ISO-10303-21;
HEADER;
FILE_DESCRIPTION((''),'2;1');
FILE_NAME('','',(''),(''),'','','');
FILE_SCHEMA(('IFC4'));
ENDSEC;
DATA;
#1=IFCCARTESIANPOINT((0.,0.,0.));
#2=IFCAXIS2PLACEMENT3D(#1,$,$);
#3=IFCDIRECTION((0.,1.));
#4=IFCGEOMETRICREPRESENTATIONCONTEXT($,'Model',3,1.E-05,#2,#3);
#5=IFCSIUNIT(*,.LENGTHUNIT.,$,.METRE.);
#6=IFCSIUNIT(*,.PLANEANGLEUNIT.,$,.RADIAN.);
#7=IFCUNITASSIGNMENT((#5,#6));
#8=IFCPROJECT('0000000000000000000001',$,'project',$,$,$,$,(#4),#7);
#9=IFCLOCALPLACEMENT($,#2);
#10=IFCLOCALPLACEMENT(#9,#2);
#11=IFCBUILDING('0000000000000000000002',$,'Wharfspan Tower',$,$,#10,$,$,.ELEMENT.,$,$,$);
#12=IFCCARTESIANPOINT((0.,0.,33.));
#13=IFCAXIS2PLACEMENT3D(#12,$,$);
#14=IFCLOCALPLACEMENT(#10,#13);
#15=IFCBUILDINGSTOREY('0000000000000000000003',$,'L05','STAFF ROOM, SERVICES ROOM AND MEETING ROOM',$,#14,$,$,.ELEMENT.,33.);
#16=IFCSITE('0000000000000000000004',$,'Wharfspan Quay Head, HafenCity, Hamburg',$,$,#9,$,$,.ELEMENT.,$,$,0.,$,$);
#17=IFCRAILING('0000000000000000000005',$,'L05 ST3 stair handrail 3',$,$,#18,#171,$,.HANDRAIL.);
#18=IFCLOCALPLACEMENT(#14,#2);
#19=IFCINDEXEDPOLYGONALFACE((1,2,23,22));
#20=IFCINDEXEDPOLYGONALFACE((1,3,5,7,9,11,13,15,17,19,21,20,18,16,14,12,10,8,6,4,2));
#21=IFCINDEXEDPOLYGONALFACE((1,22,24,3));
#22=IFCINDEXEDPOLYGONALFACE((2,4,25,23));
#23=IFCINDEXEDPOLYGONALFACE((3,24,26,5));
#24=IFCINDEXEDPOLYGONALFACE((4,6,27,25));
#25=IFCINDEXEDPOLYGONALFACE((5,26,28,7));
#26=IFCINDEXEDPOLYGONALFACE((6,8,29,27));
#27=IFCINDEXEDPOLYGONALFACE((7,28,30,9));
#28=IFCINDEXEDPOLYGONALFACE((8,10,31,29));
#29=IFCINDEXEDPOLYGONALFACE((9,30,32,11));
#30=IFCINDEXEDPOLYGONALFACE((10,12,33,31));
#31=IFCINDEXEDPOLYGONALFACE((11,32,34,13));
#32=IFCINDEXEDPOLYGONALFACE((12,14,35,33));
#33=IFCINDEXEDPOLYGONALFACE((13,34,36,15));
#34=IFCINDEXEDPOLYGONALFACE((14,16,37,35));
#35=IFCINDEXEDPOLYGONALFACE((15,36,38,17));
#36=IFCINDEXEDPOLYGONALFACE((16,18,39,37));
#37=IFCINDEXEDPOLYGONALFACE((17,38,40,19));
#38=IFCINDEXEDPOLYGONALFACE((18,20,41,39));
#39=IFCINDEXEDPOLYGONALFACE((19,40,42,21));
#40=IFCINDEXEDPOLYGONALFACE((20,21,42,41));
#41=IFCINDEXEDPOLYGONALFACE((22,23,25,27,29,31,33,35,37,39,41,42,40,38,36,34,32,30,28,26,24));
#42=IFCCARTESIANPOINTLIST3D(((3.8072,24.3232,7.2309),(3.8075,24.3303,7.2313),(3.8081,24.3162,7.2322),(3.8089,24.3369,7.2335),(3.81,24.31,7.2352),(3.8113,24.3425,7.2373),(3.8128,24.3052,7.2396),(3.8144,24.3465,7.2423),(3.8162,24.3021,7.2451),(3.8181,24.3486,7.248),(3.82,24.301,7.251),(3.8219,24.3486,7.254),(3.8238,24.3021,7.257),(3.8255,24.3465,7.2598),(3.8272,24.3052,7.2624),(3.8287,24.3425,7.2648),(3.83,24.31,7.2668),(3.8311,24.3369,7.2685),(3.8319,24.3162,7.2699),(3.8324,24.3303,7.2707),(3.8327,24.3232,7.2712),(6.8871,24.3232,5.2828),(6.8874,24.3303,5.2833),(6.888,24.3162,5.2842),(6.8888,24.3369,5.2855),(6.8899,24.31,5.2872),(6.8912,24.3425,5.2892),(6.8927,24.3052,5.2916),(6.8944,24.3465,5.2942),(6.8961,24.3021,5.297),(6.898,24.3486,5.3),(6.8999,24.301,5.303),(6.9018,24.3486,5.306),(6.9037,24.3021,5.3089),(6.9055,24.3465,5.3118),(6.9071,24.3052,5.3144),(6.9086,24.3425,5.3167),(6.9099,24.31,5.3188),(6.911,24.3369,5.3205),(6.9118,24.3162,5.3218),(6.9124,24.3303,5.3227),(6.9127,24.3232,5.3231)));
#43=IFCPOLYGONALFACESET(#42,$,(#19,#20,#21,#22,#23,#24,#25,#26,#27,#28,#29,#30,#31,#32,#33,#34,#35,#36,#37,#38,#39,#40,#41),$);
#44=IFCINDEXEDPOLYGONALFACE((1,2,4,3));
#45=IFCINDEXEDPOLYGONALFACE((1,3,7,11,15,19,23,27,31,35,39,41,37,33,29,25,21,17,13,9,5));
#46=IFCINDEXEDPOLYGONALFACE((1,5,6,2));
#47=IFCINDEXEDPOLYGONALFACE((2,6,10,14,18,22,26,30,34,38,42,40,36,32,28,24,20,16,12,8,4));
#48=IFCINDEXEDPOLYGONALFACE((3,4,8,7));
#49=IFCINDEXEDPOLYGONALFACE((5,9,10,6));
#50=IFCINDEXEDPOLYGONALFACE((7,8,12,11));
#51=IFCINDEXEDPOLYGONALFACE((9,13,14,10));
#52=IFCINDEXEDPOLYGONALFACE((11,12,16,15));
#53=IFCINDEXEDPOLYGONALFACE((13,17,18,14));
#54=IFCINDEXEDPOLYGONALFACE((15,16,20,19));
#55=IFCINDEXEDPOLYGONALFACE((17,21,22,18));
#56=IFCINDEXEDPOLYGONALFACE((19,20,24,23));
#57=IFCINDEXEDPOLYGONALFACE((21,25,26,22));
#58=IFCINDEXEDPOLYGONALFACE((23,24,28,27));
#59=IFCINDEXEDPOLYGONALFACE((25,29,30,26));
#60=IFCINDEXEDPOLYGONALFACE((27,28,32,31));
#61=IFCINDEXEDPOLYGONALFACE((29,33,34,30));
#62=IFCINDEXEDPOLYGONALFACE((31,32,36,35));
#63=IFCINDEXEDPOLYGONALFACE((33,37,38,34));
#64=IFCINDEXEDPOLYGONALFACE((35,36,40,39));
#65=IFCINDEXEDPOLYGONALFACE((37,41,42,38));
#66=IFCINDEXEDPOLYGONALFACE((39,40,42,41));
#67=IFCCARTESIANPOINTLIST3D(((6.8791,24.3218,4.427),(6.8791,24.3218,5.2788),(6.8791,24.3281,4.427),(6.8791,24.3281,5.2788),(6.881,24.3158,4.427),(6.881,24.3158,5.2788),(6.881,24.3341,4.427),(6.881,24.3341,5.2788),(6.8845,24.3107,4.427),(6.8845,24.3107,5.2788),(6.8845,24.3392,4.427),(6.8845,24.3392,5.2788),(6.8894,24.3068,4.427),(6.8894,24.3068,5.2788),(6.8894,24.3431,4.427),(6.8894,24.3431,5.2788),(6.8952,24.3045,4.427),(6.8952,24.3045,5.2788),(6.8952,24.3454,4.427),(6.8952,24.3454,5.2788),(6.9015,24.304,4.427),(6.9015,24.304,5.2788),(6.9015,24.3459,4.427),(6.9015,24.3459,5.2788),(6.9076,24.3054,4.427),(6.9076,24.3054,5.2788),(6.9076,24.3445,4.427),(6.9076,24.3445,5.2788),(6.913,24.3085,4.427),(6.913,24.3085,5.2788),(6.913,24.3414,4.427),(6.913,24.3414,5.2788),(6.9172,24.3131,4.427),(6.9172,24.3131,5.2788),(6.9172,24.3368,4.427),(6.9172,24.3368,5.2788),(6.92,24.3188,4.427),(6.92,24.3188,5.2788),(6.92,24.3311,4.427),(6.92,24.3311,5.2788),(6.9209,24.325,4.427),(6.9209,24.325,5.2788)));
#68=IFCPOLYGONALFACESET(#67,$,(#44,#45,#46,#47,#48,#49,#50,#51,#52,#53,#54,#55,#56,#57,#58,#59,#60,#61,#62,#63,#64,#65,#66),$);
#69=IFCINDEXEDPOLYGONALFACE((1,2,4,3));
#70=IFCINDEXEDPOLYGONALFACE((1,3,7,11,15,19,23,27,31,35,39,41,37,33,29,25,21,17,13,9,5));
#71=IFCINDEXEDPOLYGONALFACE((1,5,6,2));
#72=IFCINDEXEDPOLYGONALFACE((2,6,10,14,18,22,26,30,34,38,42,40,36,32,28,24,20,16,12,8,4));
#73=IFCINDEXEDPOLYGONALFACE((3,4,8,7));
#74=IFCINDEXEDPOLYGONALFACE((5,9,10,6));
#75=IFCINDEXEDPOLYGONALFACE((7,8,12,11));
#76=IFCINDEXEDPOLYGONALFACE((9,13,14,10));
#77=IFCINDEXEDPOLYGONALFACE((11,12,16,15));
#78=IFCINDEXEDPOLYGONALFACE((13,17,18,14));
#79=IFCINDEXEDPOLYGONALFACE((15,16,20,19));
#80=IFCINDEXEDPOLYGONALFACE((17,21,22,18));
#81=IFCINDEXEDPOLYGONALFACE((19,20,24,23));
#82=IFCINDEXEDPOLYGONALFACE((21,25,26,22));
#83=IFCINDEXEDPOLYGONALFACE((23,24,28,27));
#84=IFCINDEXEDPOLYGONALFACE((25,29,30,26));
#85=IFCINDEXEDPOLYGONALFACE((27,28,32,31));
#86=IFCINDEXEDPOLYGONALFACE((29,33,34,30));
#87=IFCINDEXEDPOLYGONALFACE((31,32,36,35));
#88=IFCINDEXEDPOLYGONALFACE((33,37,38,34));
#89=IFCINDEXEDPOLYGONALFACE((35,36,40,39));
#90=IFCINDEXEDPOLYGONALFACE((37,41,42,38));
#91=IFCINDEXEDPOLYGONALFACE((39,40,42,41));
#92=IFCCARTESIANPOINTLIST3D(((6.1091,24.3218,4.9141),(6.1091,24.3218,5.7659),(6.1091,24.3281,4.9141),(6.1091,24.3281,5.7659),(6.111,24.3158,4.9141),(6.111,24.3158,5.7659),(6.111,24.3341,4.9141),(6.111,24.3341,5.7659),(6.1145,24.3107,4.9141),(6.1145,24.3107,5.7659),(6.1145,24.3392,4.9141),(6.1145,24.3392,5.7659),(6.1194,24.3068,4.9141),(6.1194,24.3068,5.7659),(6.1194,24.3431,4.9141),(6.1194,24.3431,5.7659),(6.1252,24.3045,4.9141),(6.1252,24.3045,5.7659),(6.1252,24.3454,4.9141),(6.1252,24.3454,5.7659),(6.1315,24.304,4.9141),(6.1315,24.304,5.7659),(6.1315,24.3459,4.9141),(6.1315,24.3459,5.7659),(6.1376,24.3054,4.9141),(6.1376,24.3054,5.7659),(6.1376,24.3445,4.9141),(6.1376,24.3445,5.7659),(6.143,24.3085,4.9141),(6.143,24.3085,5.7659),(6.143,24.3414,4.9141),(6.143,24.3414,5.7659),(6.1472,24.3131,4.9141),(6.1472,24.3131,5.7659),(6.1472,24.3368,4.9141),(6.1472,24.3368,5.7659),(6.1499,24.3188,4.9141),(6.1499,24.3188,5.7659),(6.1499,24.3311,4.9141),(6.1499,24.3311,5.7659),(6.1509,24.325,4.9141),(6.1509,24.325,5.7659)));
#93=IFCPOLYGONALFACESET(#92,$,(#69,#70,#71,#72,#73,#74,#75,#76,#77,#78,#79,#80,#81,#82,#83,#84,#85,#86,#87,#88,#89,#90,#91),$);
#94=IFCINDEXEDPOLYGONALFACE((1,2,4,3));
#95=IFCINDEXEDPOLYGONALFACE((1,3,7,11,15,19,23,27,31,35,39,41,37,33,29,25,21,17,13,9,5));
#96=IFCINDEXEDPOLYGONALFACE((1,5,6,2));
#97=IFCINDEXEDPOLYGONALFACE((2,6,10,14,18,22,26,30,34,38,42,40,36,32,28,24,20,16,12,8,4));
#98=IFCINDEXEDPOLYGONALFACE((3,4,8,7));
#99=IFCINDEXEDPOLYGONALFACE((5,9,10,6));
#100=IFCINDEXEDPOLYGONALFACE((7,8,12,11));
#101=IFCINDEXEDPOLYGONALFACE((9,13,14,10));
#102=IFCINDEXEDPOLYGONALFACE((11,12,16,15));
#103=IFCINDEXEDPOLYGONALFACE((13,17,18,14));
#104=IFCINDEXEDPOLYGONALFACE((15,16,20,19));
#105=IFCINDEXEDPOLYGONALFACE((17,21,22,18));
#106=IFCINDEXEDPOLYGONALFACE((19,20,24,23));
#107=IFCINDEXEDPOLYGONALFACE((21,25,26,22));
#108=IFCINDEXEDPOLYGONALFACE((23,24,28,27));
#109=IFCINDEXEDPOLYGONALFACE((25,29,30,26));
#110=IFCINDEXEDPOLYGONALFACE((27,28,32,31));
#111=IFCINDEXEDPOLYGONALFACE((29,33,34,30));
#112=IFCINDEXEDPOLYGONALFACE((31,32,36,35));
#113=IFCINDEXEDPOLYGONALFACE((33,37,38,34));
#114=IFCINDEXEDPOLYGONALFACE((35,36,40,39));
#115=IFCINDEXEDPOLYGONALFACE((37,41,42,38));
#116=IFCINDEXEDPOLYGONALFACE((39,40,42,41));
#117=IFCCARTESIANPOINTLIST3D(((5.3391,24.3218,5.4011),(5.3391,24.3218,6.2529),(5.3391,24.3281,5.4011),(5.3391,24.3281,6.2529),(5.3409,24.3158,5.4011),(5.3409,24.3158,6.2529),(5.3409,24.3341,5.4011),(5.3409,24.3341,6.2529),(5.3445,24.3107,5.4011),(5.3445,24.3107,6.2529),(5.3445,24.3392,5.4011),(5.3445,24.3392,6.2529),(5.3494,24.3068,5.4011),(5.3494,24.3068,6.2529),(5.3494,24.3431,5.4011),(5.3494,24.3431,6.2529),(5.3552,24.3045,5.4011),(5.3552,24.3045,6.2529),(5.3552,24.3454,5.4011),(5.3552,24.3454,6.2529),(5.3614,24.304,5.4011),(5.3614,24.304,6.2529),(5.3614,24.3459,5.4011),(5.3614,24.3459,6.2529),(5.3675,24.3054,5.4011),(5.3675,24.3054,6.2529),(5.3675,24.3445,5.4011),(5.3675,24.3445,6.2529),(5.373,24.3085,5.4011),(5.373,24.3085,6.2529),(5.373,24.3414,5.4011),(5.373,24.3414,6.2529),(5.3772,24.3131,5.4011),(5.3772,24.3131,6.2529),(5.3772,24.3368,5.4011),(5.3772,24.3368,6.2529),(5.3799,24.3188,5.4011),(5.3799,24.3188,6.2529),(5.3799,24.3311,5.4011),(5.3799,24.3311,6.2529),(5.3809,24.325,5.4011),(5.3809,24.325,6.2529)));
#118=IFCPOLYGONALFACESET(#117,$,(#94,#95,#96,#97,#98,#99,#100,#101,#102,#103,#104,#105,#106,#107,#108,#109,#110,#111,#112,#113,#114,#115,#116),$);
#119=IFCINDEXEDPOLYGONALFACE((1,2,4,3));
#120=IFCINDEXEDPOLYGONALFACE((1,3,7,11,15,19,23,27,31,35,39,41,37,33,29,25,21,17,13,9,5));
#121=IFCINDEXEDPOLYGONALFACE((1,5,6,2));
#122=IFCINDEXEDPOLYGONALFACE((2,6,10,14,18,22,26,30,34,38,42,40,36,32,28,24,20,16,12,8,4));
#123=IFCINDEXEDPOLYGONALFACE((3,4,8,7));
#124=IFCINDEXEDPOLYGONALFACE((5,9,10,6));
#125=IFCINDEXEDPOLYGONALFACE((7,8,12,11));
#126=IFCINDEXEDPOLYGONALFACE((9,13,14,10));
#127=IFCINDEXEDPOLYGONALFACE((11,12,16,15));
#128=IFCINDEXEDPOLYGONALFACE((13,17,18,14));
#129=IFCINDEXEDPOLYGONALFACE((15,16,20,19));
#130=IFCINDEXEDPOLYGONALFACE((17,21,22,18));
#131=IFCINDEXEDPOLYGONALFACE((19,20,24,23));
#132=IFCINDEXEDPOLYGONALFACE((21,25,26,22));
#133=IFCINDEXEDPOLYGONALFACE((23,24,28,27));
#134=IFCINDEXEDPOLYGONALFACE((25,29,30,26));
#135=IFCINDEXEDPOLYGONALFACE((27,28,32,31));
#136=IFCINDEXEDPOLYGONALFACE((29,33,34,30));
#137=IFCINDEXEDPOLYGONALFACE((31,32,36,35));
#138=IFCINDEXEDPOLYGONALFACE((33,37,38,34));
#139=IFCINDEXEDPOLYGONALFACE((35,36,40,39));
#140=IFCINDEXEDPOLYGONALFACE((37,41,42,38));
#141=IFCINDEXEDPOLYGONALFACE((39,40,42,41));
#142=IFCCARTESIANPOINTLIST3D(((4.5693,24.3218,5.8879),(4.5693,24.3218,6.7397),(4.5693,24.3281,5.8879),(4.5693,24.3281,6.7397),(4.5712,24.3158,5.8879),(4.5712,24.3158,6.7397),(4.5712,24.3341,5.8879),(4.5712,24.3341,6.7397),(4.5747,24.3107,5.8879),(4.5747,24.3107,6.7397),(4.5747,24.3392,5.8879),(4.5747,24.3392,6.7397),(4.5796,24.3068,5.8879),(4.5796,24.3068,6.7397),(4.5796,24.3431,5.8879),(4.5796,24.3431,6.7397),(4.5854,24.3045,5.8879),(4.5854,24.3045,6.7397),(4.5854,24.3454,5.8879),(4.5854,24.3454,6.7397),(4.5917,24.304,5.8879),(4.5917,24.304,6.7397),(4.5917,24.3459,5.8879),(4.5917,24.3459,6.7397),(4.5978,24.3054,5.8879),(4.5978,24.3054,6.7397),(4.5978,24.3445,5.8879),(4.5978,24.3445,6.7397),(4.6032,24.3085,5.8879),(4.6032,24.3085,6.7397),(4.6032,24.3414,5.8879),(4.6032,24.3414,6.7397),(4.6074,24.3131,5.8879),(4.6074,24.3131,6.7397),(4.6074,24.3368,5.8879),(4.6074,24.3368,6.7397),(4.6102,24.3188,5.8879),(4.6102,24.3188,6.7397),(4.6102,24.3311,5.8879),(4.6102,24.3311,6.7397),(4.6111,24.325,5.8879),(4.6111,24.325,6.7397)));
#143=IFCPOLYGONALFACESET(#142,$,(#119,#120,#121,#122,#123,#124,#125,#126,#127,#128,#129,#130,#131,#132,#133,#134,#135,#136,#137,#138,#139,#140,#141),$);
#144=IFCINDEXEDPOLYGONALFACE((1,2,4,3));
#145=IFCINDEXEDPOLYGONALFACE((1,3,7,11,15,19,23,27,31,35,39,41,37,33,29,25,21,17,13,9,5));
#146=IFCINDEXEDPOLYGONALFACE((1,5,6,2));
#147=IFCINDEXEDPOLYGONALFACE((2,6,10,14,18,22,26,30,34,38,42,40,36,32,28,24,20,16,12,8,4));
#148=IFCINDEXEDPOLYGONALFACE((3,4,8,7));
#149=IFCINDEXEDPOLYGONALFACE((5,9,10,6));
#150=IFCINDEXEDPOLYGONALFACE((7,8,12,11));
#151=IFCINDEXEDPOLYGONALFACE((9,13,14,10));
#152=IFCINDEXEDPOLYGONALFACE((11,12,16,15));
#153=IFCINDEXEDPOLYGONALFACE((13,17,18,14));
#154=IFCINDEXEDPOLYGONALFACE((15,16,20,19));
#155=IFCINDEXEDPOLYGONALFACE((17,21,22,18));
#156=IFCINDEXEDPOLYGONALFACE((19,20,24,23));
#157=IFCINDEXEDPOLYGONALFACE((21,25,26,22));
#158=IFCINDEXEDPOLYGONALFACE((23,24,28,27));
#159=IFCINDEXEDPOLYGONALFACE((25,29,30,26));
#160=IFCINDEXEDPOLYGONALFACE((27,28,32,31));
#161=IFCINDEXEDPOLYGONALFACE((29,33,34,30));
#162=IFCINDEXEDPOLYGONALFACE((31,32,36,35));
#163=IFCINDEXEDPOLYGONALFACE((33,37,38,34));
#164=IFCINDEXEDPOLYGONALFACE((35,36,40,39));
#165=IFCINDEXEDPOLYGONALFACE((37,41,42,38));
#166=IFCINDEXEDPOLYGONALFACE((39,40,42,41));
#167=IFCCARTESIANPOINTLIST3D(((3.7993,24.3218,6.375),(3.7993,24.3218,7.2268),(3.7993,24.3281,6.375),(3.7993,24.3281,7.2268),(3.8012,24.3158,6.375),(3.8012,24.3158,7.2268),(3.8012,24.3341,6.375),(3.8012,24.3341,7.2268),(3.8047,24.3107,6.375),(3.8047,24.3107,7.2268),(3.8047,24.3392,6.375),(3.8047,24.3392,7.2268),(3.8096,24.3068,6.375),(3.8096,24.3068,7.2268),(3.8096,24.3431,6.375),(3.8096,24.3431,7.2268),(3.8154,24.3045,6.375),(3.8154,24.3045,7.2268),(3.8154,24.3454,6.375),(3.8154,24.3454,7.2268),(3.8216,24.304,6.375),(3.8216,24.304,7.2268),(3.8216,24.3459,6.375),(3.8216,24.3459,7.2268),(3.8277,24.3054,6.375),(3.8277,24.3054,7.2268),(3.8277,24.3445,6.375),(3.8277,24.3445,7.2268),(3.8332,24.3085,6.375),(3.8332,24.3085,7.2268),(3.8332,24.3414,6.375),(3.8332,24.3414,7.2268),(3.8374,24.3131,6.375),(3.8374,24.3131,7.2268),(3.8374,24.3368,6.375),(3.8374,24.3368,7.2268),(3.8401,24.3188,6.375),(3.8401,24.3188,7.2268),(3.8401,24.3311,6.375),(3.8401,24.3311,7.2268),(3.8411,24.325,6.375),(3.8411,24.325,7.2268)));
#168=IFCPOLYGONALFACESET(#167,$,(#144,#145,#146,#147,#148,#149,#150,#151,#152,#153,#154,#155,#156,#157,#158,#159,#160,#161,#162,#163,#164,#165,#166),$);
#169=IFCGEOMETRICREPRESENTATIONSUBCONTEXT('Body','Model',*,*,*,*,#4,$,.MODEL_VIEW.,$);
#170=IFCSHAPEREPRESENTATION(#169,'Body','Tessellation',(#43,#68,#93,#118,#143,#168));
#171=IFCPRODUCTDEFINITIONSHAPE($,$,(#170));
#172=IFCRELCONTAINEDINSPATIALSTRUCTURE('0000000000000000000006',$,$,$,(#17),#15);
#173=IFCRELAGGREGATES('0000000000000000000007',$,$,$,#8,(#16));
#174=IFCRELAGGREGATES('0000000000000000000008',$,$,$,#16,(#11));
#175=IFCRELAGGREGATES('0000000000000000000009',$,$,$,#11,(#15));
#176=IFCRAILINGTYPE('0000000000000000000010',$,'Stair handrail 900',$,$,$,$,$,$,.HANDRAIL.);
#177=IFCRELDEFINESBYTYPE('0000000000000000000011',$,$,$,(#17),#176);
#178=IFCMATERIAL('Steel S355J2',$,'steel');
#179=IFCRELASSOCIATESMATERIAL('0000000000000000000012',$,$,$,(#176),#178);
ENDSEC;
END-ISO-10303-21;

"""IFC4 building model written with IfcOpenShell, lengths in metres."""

from ifc_helpers import new_model, si_unit, direction, frame, origin, origin_2d, place, context, subcontext, project, spatial, circle, extrude, material, type_object, element, save


model = new_model("IFC4")

# Units and contexts
model_context = context("Model", 3, precision=1e-05, world=origin(), true_north=direction((0.0, 1.0)))
body_context = subcontext(model_context, "Body", "Model", "MODEL_VIEW")
ifc_project = project(units=[si_unit("LENGTHUNIT", "METRE"), si_unit("PLANEANGLEUNIT", "RADIAN")], contexts=[model_context])

# Site, building, storey
site_placement = place(None, origin())
site = spatial("IfcSite", under=ifc_project, at=site_placement, Name="Wharfspan Quay Head, HafenCity, Hamburg", CompositionType="ELEMENT", RefElevation=0.0)
building_placement = place(site_placement, origin())
building = spatial("IfcBuilding", under=site, at=building_placement, Name="Wharfspan Tower", CompositionType="ELEMENT")
storey_placement = place(building_placement, frame((0.0, 0.0, 33.0)))
storey = spatial("IfcBuildingStorey", under=building, at=storey_placement, Name="L05", Description="STAFF ROOM, SERVICES ROOM AND MEETING ROOM", CompositionType="ELEMENT", Elevation=33.0)

# Railing
ifc_material_1 = material(Name="Steel S355J2", Category="steel")
railing_type_1 = type_object("IfcRailingType", Name="Stair handrail 900", PredefinedType="HANDRAIL", material=ifc_material_1)
for number, where, name in (
    (1, (6.8999, 24.325, 4.427), "L05 ST3 stair handrail 3"),
):
    element("IfcRailing", number, at=place(storey_placement, frame(where)), inside=storey, type_object=railing_type_1, Name=name, PredefinedType="HANDRAIL", context=body_context, shape_type="SweptSolid", body=[
        extrude(circle(Radius=0.0239, at=origin_2d()), frame((0.0, 0.0, 0.876), z_axis=(-0.845137, 0.0, 0.53455), x_axis=(0.0, -1.0, 0.0)), (0.0, 0.0, 1.0), 3.6443),
        extrude(circle(Radius=0.021, at=origin_2d()), origin(), (0.0, 0.0, 1.0), 0.8518),
        extrude(circle(Radius=0.021, at=origin_2d()), frame((-0.77, 0.0, 0.4871)), (0.0, 0.0, 1.0), 0.8518),
        extrude(circle(Radius=0.021, at=origin_2d()), frame((-1.54, 0.0, 0.9741)), (0.0, 0.0, 1.0), 0.8518),
        extrude(circle(Radius=0.021, at=origin_2d()), frame((-2.3098, 0.0, 1.4609)), (0.0, 0.0, 1.0), 0.8518),
        extrude(circle(Radius=0.021, at=origin_2d()), frame((-3.0798, 0.0, 1.948)), (0.0, 0.0, 1.0), 0.8518),
    ])

save(model, "model.ifc")
